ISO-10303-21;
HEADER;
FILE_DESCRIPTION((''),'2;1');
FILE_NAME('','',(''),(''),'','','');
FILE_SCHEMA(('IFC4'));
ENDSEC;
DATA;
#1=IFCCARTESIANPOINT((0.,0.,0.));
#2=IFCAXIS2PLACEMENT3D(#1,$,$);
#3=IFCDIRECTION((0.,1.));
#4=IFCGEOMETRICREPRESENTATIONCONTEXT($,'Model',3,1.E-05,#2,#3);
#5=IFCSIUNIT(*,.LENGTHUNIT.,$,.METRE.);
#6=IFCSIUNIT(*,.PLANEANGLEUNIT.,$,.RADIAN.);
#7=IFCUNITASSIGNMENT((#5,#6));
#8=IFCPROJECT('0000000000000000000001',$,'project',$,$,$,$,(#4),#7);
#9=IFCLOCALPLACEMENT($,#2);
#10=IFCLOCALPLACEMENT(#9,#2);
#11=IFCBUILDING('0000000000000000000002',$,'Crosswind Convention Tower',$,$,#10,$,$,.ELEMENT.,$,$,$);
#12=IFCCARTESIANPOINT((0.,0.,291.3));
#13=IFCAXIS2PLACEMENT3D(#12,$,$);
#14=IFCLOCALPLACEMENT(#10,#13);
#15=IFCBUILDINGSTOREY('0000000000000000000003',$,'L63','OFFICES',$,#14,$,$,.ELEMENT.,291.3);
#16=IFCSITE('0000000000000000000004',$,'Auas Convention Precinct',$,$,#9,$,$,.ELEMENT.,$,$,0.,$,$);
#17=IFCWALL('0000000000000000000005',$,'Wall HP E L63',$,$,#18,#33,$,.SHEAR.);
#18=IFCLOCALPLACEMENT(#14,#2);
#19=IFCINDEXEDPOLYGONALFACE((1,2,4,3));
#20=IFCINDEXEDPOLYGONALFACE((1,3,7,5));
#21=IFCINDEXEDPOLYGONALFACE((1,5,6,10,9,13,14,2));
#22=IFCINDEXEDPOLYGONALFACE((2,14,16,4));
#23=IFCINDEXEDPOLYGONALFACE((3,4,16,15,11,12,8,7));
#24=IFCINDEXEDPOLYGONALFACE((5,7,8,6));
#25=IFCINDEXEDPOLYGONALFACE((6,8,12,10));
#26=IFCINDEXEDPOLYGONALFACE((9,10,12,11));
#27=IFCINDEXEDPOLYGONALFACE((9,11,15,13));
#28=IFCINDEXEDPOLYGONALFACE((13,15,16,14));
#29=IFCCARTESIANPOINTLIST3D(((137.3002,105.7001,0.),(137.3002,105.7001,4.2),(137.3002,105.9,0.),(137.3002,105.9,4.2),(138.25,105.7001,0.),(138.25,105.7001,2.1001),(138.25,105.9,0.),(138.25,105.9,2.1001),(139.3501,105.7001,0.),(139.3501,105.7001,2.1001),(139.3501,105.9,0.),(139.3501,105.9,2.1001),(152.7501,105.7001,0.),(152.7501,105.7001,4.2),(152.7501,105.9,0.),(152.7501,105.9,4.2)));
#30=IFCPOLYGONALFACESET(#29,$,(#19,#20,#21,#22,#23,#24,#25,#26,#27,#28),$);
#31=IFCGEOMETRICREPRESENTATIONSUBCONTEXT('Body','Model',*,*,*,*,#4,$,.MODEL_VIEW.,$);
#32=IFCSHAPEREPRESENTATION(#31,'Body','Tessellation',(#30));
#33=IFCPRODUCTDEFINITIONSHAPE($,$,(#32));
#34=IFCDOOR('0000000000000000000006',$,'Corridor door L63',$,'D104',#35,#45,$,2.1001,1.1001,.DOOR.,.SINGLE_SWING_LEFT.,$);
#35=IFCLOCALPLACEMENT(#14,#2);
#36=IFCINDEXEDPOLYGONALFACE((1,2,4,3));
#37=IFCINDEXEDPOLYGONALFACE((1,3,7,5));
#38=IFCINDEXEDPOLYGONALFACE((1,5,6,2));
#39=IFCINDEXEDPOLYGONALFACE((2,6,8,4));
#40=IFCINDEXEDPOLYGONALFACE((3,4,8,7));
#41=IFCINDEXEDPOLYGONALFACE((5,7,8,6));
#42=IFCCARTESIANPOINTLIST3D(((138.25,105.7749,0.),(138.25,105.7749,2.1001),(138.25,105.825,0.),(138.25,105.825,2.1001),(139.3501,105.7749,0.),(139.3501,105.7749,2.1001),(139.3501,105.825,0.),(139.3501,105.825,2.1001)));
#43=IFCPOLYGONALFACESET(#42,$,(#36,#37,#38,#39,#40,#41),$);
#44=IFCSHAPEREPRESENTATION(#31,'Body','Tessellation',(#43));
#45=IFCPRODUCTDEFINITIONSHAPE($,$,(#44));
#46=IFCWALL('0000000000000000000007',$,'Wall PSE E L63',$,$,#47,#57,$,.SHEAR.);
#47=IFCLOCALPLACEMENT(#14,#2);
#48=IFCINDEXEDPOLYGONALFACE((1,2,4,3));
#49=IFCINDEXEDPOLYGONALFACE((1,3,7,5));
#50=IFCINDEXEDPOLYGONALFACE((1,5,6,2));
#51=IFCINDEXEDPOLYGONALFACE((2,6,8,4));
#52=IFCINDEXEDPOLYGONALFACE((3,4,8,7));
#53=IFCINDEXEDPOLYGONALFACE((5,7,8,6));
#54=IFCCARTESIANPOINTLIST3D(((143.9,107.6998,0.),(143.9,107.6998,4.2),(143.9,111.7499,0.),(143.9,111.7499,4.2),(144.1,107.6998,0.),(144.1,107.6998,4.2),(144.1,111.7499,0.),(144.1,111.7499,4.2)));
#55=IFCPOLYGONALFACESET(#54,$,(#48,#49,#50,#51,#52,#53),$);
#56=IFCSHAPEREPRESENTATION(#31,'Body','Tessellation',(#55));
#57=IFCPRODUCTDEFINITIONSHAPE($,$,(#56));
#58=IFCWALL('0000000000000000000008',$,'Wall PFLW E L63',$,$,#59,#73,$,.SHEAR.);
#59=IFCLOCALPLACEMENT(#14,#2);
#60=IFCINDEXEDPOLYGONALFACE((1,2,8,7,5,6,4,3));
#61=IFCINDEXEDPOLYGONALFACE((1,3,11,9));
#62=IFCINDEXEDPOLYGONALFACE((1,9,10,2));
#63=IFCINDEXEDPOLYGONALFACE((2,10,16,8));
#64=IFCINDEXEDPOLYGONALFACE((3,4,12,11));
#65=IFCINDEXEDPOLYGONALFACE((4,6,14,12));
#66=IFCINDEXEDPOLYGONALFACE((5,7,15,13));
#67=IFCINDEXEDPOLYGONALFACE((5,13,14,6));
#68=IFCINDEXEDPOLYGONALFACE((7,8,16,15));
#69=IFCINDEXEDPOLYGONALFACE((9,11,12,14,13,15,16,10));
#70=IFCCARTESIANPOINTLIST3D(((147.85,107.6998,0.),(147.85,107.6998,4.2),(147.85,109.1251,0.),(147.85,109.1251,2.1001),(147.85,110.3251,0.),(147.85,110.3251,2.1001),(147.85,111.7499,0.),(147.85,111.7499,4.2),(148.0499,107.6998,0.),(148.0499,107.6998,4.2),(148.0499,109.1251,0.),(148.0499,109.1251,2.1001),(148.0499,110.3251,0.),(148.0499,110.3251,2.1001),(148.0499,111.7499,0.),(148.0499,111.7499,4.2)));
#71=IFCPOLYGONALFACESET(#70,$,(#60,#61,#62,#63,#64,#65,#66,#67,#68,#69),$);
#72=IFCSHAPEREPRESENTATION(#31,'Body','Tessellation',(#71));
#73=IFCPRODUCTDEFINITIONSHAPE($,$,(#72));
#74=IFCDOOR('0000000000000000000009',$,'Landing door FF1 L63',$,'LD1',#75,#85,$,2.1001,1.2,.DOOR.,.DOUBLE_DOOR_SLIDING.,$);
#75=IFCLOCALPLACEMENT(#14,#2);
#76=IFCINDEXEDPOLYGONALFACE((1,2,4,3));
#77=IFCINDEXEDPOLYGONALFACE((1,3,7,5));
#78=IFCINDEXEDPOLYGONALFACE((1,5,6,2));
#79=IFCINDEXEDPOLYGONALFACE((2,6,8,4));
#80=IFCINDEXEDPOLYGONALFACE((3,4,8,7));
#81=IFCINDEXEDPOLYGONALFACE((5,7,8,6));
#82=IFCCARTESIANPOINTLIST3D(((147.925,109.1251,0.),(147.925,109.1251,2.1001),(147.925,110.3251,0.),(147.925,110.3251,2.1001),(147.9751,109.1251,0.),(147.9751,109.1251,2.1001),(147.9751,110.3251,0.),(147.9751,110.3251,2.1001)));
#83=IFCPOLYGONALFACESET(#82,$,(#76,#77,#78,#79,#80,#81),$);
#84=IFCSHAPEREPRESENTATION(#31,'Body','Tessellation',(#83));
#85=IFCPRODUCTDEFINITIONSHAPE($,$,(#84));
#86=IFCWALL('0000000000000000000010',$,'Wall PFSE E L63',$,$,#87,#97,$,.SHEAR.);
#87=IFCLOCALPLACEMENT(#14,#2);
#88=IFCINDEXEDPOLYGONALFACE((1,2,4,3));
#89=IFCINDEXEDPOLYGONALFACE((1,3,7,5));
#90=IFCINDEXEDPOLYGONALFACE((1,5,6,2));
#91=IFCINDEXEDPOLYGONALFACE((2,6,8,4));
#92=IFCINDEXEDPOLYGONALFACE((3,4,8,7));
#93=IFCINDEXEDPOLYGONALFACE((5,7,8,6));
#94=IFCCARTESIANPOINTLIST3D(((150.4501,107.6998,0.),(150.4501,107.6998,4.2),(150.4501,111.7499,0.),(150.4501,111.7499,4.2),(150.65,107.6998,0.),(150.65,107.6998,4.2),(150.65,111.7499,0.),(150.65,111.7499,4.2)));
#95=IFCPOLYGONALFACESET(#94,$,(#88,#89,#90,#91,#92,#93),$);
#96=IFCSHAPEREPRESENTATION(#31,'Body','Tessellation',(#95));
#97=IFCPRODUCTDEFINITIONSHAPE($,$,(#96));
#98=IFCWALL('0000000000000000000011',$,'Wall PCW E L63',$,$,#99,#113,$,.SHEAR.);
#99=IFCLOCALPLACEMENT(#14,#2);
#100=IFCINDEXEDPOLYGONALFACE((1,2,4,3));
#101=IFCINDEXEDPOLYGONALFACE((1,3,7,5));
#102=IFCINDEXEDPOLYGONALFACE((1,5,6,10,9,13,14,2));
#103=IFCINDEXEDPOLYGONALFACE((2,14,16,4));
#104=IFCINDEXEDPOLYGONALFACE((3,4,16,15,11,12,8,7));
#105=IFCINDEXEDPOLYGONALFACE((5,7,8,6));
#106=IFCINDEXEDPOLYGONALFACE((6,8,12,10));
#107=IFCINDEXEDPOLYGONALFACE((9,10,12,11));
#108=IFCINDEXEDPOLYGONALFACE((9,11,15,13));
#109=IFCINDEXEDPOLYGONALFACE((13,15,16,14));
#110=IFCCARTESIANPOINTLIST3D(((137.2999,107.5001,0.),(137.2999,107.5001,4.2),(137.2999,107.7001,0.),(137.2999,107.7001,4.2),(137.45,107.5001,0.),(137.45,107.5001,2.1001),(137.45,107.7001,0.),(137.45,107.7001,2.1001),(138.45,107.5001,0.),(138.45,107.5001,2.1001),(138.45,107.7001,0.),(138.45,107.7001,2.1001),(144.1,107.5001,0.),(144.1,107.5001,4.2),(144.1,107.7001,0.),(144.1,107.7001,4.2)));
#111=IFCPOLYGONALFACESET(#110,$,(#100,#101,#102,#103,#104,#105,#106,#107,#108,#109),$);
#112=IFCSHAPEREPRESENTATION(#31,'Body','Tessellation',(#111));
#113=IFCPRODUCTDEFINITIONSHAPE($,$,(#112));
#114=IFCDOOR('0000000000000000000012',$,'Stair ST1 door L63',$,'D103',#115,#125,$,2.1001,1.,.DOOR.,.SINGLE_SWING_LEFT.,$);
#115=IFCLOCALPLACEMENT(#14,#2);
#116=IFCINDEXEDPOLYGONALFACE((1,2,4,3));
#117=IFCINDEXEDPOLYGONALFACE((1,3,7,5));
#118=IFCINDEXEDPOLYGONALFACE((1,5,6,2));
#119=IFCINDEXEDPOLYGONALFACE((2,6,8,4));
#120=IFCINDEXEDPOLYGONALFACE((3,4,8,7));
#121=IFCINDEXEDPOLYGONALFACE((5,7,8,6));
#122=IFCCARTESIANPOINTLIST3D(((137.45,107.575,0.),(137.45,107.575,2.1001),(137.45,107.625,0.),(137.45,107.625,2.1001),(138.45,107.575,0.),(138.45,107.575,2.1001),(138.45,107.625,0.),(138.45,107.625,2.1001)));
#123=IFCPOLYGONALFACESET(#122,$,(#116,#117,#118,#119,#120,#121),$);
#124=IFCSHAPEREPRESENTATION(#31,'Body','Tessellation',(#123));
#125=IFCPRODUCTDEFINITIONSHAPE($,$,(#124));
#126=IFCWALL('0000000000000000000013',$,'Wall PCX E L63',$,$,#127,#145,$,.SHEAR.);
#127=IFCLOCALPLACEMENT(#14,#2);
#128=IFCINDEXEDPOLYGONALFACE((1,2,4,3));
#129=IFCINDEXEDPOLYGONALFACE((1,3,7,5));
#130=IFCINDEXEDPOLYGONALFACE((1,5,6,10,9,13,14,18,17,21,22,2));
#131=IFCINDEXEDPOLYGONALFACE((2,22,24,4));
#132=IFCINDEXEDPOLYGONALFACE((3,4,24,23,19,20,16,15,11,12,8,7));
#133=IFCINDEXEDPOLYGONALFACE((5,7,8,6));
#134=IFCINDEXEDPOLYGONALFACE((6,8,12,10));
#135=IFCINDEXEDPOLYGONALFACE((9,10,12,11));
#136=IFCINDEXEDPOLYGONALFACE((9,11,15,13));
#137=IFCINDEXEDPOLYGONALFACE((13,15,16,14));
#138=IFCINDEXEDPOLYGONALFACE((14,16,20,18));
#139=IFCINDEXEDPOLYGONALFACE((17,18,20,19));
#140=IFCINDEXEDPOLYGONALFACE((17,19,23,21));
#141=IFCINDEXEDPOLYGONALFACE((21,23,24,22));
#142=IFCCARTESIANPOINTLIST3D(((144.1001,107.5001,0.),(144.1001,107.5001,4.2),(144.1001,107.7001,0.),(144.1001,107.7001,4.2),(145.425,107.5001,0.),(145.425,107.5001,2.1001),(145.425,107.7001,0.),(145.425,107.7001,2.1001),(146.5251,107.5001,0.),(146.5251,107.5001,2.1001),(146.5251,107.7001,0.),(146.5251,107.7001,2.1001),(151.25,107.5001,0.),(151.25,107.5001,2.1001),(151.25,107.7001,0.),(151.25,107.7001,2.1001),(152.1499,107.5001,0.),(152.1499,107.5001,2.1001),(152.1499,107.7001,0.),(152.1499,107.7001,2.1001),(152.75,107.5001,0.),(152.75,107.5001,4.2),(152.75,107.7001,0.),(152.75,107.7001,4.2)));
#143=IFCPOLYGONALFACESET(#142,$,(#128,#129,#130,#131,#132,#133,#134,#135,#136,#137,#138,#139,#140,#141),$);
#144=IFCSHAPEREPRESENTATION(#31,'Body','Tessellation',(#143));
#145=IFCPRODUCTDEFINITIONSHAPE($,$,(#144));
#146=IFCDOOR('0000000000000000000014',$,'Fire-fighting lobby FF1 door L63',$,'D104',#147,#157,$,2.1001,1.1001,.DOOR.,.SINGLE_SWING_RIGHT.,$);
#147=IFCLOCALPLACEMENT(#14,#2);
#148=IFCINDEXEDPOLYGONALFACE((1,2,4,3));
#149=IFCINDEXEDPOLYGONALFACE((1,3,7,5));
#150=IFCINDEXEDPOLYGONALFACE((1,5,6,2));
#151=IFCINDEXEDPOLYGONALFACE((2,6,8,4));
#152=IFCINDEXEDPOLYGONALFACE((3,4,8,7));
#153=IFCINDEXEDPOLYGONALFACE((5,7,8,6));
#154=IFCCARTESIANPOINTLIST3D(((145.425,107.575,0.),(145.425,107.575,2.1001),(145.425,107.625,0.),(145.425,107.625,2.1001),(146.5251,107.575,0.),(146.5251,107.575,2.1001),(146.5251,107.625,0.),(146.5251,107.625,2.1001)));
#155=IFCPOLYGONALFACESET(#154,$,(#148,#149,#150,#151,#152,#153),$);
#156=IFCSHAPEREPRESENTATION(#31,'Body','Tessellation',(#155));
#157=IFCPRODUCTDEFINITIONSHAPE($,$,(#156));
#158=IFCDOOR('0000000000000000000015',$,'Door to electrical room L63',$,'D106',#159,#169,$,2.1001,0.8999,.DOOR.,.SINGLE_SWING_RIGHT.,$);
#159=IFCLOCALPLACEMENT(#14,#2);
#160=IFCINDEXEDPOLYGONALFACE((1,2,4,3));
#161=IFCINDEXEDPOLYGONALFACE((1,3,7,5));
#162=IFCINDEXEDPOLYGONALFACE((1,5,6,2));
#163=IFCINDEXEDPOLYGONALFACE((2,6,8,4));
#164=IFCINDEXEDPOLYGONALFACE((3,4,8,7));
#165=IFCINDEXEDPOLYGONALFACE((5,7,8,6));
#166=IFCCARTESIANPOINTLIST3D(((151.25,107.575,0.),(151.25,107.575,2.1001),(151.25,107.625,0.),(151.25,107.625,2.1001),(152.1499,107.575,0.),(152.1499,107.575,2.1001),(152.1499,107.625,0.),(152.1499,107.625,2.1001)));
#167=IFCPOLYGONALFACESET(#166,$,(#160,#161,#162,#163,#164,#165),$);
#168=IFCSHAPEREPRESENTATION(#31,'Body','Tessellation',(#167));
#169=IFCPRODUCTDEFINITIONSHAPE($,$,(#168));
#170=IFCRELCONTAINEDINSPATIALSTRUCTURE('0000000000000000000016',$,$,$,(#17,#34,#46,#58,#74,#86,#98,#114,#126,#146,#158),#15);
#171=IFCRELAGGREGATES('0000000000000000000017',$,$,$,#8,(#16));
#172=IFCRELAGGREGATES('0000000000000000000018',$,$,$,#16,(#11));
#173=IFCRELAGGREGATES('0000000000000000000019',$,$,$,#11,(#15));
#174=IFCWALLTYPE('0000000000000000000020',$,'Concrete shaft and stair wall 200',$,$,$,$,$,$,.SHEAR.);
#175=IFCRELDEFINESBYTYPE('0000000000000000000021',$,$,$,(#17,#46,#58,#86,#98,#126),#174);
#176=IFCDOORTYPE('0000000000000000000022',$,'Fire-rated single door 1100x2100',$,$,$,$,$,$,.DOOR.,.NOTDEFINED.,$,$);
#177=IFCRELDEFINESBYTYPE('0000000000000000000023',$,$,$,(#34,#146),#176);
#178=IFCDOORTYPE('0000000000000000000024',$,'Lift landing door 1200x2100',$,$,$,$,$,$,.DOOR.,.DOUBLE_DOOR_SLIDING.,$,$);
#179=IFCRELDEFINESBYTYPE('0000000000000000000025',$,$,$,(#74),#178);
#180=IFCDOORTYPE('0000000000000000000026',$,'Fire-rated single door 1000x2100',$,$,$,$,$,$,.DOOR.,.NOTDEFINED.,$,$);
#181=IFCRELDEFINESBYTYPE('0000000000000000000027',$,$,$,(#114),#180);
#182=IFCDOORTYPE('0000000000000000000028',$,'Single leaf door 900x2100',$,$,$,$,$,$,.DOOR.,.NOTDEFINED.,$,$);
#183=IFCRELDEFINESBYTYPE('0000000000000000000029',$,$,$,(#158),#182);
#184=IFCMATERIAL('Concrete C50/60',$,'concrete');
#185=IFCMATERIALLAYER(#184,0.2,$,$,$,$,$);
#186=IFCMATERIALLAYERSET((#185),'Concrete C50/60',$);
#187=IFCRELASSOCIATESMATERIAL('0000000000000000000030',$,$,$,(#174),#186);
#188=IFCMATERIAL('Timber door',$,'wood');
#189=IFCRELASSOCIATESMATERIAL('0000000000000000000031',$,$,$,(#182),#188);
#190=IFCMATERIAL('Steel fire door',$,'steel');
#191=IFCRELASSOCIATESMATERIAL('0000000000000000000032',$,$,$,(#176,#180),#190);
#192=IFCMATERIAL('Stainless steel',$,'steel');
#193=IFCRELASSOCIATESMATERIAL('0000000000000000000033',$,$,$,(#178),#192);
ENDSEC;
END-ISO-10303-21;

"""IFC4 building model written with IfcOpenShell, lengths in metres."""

from ifc_helpers import new_model, si_unit, direction, frame, frame_2d, origin, place, context, subcontext, project, spatial, rectangle, extrude, material, layer, layer_set, type_object, element, fill, save


model = new_model("IFC4")

# Units and contexts
model_context = context("Model", 3, precision=1e-05, world=origin(), true_north=direction((0.0, 1.0)))
body_context = subcontext(model_context, "Body", "Model", "MODEL_VIEW")
ifc_project = project(units=[si_unit("LENGTHUNIT", "METRE"), si_unit("PLANEANGLEUNIT", "RADIAN")], contexts=[model_context])

# Site, building, storey
site_placement = place(None, origin())
site = spatial("IfcSite", under=ifc_project, at=site_placement, Name="Auas Convention Precinct", CompositionType="ELEMENT", RefElevation=0.0)
building_placement = place(site_placement, origin())
building = spatial("IfcBuilding", under=site, at=building_placement, Name="Crosswind Convention Tower", CompositionType="ELEMENT")
storey_placement = place(building_placement, frame((0.0, 0.0, 291.3)))
storey = spatial("IfcBuildingStorey", under=building, at=storey_placement, Name="L63", Description="OFFICES", CompositionType="ELEMENT", Elevation=291.3)

# Shared definitions
ifc_material_1 = material(Name="Concrete C50/60", Category="concrete")
ifc_layer_1 = layer(ifc_material_1, 0.2)
ifc_layer_set_1 = layer_set([ifc_layer_1], Name="Concrete C50/60")
wall_type_1 = type_object("IfcWallType", Name="Concrete shaft and stair wall 200", PredefinedType="SHEAR", material=ifc_layer_set_1)

# Shared definitions
ifc_material_2 = material(Name="Timber door", Category="wood")
door_type_1 = type_object("IfcDoorType", Name="Single leaf door 900x2100", OperationType="NOTDEFINED", PredefinedType="DOOR", material=ifc_material_2)

# Wall, opening, door
wall_1_placement = place(storey_placement, frame((137.3, 105.8, 0.0), z_axis=(0.0, 0.0, 1.0), x_axis=(1.0, 0.0, 0.0)))
wall_1 = element("IfcWall", 1, at=wall_1_placement, inside=storey, type_object=wall_type_1, Name="Wall HP E L63", PredefinedType="SHEAR", context=body_context, shape_type="SweptSolid", body=[
    extrude(rectangle(XDim=15.45, YDim=0.2, at=frame_2d((7.7251, 0.0))), origin(), (0.0, 0.0, 1.0), 4.2),
])
opening_1_placement = place(wall_1_placement, frame((0.95, 0.0, 0.0)))
opening_1 = element("IfcOpeningElement", 2, at=opening_1_placement, cuts=wall_1, PredefinedType="OPENING", context=body_context, shape_type="SweptSolid", body=[
    extrude(rectangle(XDim=1.1001, YDim=2.1001, at=frame_2d((0.55, 1.05))), frame((0.0, 0.1099, 0.0), z_axis=(0.0, -1.0, 0.0), x_axis=(1.0, 0.0, 0.0)), (0.0, 0.0, 1.0), 0.22),
])
ifc_material_3 = material(Name="Steel fire door", Category="steel")
door_type_2 = type_object("IfcDoorType", Name="Fire-rated single door 1100x2100", OperationType="NOTDEFINED", PredefinedType="DOOR", material=ifc_material_3)
door_1_placement = place(opening_1_placement, origin())
door_1 = element("IfcDoor", 3, at=door_1_placement, inside=storey, type_object=door_type_2, Name="Corridor door L63", ObjectType="D104", OperationType="SINGLE_SWING_LEFT", OverallHeight=2.1001, OverallWidth=1.1001, PredefinedType="DOOR", context=body_context, shape_type="SweptSolid", body=[
    extrude(rectangle(XDim=1.1001, YDim=2.1001, at=frame_2d((0.55, 1.05))), frame((0.0, 0.0249, 0.0), z_axis=(0.0, -1.0, 0.0), x_axis=(1.0, 0.0, 0.0)), (0.0, 0.0, 1.0), 0.05),
])
fill(opening_1, door_1)

# Wall
wall_2_placement = place(storey_placement, frame((144.0, 107.7, 0.0), z_axis=(0.0, 0.0, 1.0), x_axis=(0.0, 1.0, 0.0)))
element("IfcWall", 4, at=wall_2_placement, inside=storey, type_object=wall_type_1, Name="Wall PSE E L63", PredefinedType="SHEAR", context=body_context, shape_type="SweptSolid", body=[
    extrude(rectangle(XDim=4.05, YDim=0.2, at=frame_2d((2.0249, 0.0))), origin(), (0.0, 0.0, 1.0), 4.2),
])

# Wall, opening, door
wall_3_placement = place(storey_placement, frame((147.95, 107.7, 0.0), z_axis=(0.0, 0.0, 1.0), x_axis=(0.0, 1.0, 0.0)))
wall_3 = element("IfcWall", 5, at=wall_3_placement, inside=storey, type_object=wall_type_1, Name="Wall PFLW E L63", PredefinedType="SHEAR", context=body_context, shape_type="SweptSolid", body=[
    extrude(rectangle(XDim=4.05, YDim=0.2, at=frame_2d((2.0249, 0.0))), origin(), (0.0, 0.0, 1.0), 4.2),
])
opening_2_placement = place(wall_3_placement, frame((1.425, 0.0, 0.0)))
opening_2 = element("IfcOpeningElement", 6, at=opening_2_placement, cuts=wall_3, PredefinedType="OPENING", context=body_context, shape_type="SweptSolid", body=[
    extrude(rectangle(XDim=1.2, YDim=2.1001, at=frame_2d((0.6001, 1.05))), frame((0.0, 0.1099, 0.0), z_axis=(0.0, -1.0, 0.0), x_axis=(1.0, 0.0, 0.0)), (0.0, 0.0, 1.0), 0.22),
])
ifc_material_4 = material(Name="Stainless steel", Category="steel")
door_type_3 = type_object("IfcDoorType", Name="Lift landing door 1200x2100", OperationType="DOUBLE_DOOR_SLIDING", PredefinedType="DOOR", material=ifc_material_4)
door_2_placement = place(opening_2_placement, origin())
door_2 = element("IfcDoor", 7, at=door_2_placement, inside=storey, type_object=door_type_3, Name="Landing door FF1 L63", ObjectType="LD1", OperationType="DOUBLE_DOOR_SLIDING", OverallHeight=2.1001, OverallWidth=1.2, PredefinedType="DOOR", context=body_context, shape_type="SweptSolid", body=[
    extrude(rectangle(XDim=1.2, YDim=2.1001, at=frame_2d((0.6001, 1.05))), frame((0.0, 0.0249, 0.0), z_axis=(0.0, -1.0, 0.0), x_axis=(1.0, 0.0, 0.0)), (0.0, 0.0, 1.0), 0.05),
])
fill(opening_2, door_2)

# Wall
wall_4_placement = place(storey_placement, frame((150.55, 107.7, 0.0), z_axis=(0.0, 0.0, 1.0), x_axis=(0.0, 1.0, 0.0)))
element("IfcWall", 8, at=wall_4_placement, inside=storey, type_object=wall_type_1, Name="Wall PFSE E L63", PredefinedType="SHEAR", context=body_context, shape_type="SweptSolid", body=[
    extrude(rectangle(XDim=4.05, YDim=0.2, at=frame_2d((2.0249, 0.0))), origin(), (0.0, 0.0, 1.0), 4.2),
])

# Wall, opening, door
wall_5_placement = place(storey_placement, frame((137.3, 107.6001, 0.0), z_axis=(0.0, 0.0, 1.0), x_axis=(1.0, 0.0, 0.0)))
wall_5 = element("IfcWall", 9, at=wall_5_placement, inside=storey, type_object=wall_type_1, Name="Wall PCW E L63", PredefinedType="SHEAR", context=body_context, shape_type="SweptSolid", body=[
    extrude(rectangle(XDim=6.8, YDim=0.2, at=frame_2d((3.3999, 0.0))), origin(), (0.0, 0.0, 1.0), 4.2),
])
opening_3_placement = place(wall_5_placement, frame((0.1499, 0.0, 0.0)))
opening_3 = element("IfcOpeningElement", 10, at=opening_3_placement, cuts=wall_5, PredefinedType="OPENING", context=body_context, shape_type="SweptSolid", body=[
    extrude(rectangle(XDim=1.0, YDim=2.1001, at=frame_2d((0.5, 1.05))), frame((0.0, 0.1099, 0.0), z_axis=(0.0, -1.0, 0.0), x_axis=(1.0, 0.0, 0.0)), (0.0, 0.0, 1.0), 0.22),
])
door_type_4 = type_object("IfcDoorType", Name="Fire-rated single door 1000x2100", OperationType="NOTDEFINED", PredefinedType="DOOR", material=ifc_material_3)
door_3_placement = place(opening_3_placement, origin())
door_3 = element("IfcDoor", 11, at=door_3_placement, inside=storey, type_object=door_type_4, Name="Stair ST1 door L63", ObjectType="D103", OperationType="SINGLE_SWING_LEFT", OverallHeight=2.1001, OverallWidth=1.0, PredefinedType="DOOR", context=body_context, shape_type="SweptSolid", body=[
    extrude(rectangle(XDim=1.0, YDim=2.1001, at=frame_2d((0.5, 1.05))), frame((0.0, 0.0249, 0.0), z_axis=(0.0, -1.0, 0.0), x_axis=(1.0, 0.0, 0.0)), (0.0, 0.0, 1.0), 0.05),
])
fill(opening_3, door_3)

# Wall, openings, doors
wall_6_placement = place(storey_placement, frame((144.1001, 107.6001, 0.0), z_axis=(0.0, 0.0, 1.0), x_axis=(1.0, 0.0, 0.0)))
wall_6 = element("IfcWall", 12, at=wall_6_placement, inside=storey, type_object=wall_type_1, Name="Wall PCX E L63", PredefinedType="SHEAR", context=body_context, shape_type="SweptSolid", body=[
    extrude(rectangle(XDim=8.6499, YDim=0.2, at=frame_2d((4.325, 0.0))), origin(), (0.0, 0.0, 1.0), 4.2),
])
opening_4_placement = place(wall_6_placement, frame((1.325, 0.0, 0.0)))
opening_4 = element("IfcOpeningElement", 13, at=opening_4_placement, cuts=wall_6, PredefinedType="OPENING", context=body_context, shape_type="SweptSolid", body=[
    extrude(rectangle(XDim=1.1001, YDim=2.1001, at=frame_2d((0.55, 1.05))), frame((0.0, 0.1099, 0.0), z_axis=(0.0, -1.0, 0.0), x_axis=(1.0, 0.0, 0.0)), (0.0, 0.0, 1.0), 0.22),
])
opening_5_placement = place(wall_6_placement, frame((7.1499, 0.0, 0.0)))
opening_5 = element("IfcOpeningElement", 14, at=opening_5_placement, cuts=wall_6, PredefinedType="OPENING", context=body_context, shape_type="SweptSolid", body=[
    extrude(rectangle(XDim=0.8999, YDim=2.1001, at=frame_2d((0.45, 1.05))), frame((0.0, 0.1099, 0.0), z_axis=(0.0, -1.0, 0.0), x_axis=(1.0, 0.0, 0.0)), (0.0, 0.0, 1.0), 0.22),
])
door_4_placement = place(opening_4_placement, origin())
door_4 = element("IfcDoor", 15, at=door_4_placement, inside=storey, type_object=door_type_2, Name="Fire-fighting lobby FF1 door L63", ObjectType="D104", OperationType="SINGLE_SWING_RIGHT", OverallHeight=2.1001, OverallWidth=1.1001, PredefinedType="DOOR", context=body_context, shape_type="SweptSolid", body=[
    extrude(rectangle(XDim=1.1001, YDim=2.1001, at=frame_2d((0.55, 1.05))), frame((0.0, 0.0249, 0.0), z_axis=(0.0, -1.0, 0.0), x_axis=(1.0, 0.0, 0.0)), (0.0, 0.0, 1.0), 0.05),
])
fill(opening_4, door_4)
door_5_placement = place(opening_5_placement, origin())
door_5 = element("IfcDoor", 16, at=door_5_placement, inside=storey, type_object=door_type_1, Name="Door to electrical room L63", ObjectType="D106", OperationType="SINGLE_SWING_RIGHT", OverallHeight=2.1001, OverallWidth=0.8999, PredefinedType="DOOR", context=body_context, shape_type="SweptSolid", body=[
    extrude(rectangle(XDim=0.8999, YDim=2.1001, at=frame_2d((0.45, 1.05))), frame((0.0, 0.0249, 0.0), z_axis=(0.0, -1.0, 0.0), x_axis=(1.0, 0.0, 0.0)), (0.0, 0.0, 1.0), 0.05),
])
fill(opening_5, door_5)

save(model, "model.ifc")
